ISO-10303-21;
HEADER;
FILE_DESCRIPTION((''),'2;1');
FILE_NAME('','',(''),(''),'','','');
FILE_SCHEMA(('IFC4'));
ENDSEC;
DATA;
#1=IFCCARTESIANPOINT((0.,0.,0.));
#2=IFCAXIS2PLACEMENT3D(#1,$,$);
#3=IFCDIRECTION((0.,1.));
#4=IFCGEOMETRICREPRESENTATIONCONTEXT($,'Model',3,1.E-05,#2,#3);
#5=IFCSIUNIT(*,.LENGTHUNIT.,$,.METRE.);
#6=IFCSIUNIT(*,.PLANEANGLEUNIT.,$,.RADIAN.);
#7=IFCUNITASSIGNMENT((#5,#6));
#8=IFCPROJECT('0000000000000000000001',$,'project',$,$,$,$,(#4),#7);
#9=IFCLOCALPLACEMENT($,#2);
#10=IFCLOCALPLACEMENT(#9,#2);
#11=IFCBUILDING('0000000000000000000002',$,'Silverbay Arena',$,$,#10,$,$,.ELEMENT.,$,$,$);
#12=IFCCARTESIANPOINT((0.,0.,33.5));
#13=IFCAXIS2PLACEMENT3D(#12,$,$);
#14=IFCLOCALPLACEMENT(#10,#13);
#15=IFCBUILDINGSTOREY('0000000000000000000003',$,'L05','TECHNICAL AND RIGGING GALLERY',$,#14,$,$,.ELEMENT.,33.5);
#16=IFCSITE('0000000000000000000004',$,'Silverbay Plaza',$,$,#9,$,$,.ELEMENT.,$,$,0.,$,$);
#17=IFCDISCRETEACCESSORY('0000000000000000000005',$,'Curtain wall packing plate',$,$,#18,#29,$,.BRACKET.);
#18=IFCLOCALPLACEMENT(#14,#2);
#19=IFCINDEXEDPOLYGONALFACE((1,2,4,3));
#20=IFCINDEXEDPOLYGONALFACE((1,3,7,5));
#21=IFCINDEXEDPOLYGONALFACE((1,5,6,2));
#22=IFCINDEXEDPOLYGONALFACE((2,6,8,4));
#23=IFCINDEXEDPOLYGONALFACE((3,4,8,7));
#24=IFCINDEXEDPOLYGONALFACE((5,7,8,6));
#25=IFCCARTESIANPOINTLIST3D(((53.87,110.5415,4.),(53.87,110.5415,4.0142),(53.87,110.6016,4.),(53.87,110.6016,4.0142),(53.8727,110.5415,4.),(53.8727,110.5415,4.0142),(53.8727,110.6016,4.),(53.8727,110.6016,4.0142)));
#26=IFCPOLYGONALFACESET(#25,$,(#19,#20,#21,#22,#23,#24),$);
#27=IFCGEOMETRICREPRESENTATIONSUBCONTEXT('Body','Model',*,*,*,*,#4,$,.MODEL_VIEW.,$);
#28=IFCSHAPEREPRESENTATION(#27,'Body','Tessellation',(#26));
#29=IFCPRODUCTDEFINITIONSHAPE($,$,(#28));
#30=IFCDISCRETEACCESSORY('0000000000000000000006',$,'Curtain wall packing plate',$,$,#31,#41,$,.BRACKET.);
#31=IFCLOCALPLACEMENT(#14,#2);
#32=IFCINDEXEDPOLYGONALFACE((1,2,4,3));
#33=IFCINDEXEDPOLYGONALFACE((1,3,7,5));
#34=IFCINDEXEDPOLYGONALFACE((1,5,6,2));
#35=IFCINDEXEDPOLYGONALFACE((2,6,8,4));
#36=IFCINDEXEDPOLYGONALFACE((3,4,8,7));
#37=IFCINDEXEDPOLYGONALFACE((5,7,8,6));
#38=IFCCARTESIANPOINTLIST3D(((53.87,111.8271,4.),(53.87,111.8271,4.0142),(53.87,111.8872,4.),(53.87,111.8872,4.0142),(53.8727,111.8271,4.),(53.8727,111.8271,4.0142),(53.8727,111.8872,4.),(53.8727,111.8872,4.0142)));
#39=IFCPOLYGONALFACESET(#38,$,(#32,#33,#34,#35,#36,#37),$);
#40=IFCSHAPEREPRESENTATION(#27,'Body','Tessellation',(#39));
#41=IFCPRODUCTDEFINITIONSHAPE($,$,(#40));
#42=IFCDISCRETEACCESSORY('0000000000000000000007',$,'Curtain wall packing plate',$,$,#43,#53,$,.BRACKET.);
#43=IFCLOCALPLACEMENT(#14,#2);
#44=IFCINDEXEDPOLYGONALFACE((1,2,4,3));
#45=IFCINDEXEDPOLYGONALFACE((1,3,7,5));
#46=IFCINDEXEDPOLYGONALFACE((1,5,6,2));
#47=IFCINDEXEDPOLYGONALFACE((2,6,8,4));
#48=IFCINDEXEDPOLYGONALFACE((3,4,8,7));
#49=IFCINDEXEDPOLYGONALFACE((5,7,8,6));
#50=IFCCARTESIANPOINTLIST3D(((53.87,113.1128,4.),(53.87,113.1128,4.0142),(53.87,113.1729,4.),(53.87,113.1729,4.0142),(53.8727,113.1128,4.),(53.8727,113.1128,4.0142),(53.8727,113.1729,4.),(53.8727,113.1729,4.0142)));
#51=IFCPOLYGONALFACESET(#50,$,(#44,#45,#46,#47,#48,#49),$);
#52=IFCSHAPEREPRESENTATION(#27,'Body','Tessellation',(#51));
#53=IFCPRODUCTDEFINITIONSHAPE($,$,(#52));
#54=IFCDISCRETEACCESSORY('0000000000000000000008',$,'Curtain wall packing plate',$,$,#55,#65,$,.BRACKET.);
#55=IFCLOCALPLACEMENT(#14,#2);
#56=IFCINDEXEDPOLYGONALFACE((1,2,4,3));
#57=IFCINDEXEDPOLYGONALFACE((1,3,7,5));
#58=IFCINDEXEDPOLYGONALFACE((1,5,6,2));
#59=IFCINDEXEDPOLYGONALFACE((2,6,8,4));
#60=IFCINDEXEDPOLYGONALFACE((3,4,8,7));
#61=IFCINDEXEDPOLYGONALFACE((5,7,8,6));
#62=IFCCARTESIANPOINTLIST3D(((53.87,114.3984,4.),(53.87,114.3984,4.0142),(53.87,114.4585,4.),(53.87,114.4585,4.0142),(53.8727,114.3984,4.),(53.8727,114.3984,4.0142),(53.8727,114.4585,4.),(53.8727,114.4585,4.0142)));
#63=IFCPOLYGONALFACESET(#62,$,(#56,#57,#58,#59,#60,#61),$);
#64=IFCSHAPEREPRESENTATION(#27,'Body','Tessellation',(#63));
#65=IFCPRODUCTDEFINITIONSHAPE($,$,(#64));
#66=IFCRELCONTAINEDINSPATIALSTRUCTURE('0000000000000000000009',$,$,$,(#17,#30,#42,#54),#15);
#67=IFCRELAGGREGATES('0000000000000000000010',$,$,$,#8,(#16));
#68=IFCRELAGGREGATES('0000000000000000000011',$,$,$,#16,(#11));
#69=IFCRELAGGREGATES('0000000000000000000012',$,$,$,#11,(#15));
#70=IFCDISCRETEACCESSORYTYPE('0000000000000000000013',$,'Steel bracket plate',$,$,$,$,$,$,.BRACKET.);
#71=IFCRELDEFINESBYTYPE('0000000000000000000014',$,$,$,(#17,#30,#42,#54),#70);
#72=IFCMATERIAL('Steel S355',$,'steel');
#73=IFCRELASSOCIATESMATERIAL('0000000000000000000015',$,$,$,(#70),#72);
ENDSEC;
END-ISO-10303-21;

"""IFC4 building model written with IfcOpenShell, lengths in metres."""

from ifc_helpers import new_model, si_unit, direction, frame, origin, origin_2d, place, context, subcontext, project, spatial, rectangle, extrude, material, type_object, element, save


model = new_model("IFC4")

# Units and contexts
model_context = context("Model", 3, precision=1e-05, world=origin(), true_north=direction((0.0, 1.0)))
body_context = subcontext(model_context, "Body", "Model", "MODEL_VIEW")
ifc_project = project(units=[si_unit("LENGTHUNIT", "METRE"), si_unit("PLANEANGLEUNIT", "RADIAN")], contexts=[model_context])

# Site, building, storey
site_placement = place(None, origin())
site = spatial("IfcSite", under=ifc_project, at=site_placement, Name="Silverbay Plaza", CompositionType="ELEMENT", RefElevation=0.0)
building_placement = place(site_placement, origin())
building = spatial("IfcBuilding", under=site, at=building_placement, Name="Silverbay Arena", CompositionType="ELEMENT")
storey_placement = place(building_placement, frame((0.0, 0.0, 33.5)))
storey = spatial("IfcBuildingStorey", under=building, at=storey_placement, Name="L05", Description="TECHNICAL AND RIGGING GALLERY", CompositionType="ELEMENT", Elevation=33.5)

# Discrete accessories
ifc_material_1 = material(Name="Steel S355", Category="steel")
discrete_accessory_type = type_object("IfcDiscreteAccessoryType", Name="Steel bracket plate", PredefinedType="BRACKET", material=ifc_material_1)
for number, where, z_axis, x_axis, name in (
    (1, (53.8713, 110.5715, 4.0), (0.0, 0.0, 1.0), (1.0, 0.0, 0.0), "Curtain wall packing plate"),
    (2, (53.8713, 111.8572, 4.0), (0.0, 0.0, 1.0), (1.0, 0.0, 0.0), "Curtain wall packing plate"),
    (3, (53.8713, 113.1428, 4.0), (0.0, 0.0, 1.0), (1.0, 0.0, 0.0), "Curtain wall packing plate"),
    (4, (53.8713, 114.4285, 4.0), (0.0, 0.0, 1.0), (1.0, 0.0, 0.0), "Curtain wall packing plate"),
):
    element("IfcDiscreteAccessory", number, at=place(storey_placement, frame(where, z_axis=z_axis, x_axis=x_axis)), inside=storey, type_object=discrete_accessory_type, Name=name, PredefinedType="BRACKET", context=body_context, shape_type="SweptSolid", body=[
        extrude(rectangle(XDim=0.0027, YDim=0.0601, at=origin_2d()), origin(), (0.0, 0.0, 1.0), 0.0142),
    ])

save(model, "model.ifc")
